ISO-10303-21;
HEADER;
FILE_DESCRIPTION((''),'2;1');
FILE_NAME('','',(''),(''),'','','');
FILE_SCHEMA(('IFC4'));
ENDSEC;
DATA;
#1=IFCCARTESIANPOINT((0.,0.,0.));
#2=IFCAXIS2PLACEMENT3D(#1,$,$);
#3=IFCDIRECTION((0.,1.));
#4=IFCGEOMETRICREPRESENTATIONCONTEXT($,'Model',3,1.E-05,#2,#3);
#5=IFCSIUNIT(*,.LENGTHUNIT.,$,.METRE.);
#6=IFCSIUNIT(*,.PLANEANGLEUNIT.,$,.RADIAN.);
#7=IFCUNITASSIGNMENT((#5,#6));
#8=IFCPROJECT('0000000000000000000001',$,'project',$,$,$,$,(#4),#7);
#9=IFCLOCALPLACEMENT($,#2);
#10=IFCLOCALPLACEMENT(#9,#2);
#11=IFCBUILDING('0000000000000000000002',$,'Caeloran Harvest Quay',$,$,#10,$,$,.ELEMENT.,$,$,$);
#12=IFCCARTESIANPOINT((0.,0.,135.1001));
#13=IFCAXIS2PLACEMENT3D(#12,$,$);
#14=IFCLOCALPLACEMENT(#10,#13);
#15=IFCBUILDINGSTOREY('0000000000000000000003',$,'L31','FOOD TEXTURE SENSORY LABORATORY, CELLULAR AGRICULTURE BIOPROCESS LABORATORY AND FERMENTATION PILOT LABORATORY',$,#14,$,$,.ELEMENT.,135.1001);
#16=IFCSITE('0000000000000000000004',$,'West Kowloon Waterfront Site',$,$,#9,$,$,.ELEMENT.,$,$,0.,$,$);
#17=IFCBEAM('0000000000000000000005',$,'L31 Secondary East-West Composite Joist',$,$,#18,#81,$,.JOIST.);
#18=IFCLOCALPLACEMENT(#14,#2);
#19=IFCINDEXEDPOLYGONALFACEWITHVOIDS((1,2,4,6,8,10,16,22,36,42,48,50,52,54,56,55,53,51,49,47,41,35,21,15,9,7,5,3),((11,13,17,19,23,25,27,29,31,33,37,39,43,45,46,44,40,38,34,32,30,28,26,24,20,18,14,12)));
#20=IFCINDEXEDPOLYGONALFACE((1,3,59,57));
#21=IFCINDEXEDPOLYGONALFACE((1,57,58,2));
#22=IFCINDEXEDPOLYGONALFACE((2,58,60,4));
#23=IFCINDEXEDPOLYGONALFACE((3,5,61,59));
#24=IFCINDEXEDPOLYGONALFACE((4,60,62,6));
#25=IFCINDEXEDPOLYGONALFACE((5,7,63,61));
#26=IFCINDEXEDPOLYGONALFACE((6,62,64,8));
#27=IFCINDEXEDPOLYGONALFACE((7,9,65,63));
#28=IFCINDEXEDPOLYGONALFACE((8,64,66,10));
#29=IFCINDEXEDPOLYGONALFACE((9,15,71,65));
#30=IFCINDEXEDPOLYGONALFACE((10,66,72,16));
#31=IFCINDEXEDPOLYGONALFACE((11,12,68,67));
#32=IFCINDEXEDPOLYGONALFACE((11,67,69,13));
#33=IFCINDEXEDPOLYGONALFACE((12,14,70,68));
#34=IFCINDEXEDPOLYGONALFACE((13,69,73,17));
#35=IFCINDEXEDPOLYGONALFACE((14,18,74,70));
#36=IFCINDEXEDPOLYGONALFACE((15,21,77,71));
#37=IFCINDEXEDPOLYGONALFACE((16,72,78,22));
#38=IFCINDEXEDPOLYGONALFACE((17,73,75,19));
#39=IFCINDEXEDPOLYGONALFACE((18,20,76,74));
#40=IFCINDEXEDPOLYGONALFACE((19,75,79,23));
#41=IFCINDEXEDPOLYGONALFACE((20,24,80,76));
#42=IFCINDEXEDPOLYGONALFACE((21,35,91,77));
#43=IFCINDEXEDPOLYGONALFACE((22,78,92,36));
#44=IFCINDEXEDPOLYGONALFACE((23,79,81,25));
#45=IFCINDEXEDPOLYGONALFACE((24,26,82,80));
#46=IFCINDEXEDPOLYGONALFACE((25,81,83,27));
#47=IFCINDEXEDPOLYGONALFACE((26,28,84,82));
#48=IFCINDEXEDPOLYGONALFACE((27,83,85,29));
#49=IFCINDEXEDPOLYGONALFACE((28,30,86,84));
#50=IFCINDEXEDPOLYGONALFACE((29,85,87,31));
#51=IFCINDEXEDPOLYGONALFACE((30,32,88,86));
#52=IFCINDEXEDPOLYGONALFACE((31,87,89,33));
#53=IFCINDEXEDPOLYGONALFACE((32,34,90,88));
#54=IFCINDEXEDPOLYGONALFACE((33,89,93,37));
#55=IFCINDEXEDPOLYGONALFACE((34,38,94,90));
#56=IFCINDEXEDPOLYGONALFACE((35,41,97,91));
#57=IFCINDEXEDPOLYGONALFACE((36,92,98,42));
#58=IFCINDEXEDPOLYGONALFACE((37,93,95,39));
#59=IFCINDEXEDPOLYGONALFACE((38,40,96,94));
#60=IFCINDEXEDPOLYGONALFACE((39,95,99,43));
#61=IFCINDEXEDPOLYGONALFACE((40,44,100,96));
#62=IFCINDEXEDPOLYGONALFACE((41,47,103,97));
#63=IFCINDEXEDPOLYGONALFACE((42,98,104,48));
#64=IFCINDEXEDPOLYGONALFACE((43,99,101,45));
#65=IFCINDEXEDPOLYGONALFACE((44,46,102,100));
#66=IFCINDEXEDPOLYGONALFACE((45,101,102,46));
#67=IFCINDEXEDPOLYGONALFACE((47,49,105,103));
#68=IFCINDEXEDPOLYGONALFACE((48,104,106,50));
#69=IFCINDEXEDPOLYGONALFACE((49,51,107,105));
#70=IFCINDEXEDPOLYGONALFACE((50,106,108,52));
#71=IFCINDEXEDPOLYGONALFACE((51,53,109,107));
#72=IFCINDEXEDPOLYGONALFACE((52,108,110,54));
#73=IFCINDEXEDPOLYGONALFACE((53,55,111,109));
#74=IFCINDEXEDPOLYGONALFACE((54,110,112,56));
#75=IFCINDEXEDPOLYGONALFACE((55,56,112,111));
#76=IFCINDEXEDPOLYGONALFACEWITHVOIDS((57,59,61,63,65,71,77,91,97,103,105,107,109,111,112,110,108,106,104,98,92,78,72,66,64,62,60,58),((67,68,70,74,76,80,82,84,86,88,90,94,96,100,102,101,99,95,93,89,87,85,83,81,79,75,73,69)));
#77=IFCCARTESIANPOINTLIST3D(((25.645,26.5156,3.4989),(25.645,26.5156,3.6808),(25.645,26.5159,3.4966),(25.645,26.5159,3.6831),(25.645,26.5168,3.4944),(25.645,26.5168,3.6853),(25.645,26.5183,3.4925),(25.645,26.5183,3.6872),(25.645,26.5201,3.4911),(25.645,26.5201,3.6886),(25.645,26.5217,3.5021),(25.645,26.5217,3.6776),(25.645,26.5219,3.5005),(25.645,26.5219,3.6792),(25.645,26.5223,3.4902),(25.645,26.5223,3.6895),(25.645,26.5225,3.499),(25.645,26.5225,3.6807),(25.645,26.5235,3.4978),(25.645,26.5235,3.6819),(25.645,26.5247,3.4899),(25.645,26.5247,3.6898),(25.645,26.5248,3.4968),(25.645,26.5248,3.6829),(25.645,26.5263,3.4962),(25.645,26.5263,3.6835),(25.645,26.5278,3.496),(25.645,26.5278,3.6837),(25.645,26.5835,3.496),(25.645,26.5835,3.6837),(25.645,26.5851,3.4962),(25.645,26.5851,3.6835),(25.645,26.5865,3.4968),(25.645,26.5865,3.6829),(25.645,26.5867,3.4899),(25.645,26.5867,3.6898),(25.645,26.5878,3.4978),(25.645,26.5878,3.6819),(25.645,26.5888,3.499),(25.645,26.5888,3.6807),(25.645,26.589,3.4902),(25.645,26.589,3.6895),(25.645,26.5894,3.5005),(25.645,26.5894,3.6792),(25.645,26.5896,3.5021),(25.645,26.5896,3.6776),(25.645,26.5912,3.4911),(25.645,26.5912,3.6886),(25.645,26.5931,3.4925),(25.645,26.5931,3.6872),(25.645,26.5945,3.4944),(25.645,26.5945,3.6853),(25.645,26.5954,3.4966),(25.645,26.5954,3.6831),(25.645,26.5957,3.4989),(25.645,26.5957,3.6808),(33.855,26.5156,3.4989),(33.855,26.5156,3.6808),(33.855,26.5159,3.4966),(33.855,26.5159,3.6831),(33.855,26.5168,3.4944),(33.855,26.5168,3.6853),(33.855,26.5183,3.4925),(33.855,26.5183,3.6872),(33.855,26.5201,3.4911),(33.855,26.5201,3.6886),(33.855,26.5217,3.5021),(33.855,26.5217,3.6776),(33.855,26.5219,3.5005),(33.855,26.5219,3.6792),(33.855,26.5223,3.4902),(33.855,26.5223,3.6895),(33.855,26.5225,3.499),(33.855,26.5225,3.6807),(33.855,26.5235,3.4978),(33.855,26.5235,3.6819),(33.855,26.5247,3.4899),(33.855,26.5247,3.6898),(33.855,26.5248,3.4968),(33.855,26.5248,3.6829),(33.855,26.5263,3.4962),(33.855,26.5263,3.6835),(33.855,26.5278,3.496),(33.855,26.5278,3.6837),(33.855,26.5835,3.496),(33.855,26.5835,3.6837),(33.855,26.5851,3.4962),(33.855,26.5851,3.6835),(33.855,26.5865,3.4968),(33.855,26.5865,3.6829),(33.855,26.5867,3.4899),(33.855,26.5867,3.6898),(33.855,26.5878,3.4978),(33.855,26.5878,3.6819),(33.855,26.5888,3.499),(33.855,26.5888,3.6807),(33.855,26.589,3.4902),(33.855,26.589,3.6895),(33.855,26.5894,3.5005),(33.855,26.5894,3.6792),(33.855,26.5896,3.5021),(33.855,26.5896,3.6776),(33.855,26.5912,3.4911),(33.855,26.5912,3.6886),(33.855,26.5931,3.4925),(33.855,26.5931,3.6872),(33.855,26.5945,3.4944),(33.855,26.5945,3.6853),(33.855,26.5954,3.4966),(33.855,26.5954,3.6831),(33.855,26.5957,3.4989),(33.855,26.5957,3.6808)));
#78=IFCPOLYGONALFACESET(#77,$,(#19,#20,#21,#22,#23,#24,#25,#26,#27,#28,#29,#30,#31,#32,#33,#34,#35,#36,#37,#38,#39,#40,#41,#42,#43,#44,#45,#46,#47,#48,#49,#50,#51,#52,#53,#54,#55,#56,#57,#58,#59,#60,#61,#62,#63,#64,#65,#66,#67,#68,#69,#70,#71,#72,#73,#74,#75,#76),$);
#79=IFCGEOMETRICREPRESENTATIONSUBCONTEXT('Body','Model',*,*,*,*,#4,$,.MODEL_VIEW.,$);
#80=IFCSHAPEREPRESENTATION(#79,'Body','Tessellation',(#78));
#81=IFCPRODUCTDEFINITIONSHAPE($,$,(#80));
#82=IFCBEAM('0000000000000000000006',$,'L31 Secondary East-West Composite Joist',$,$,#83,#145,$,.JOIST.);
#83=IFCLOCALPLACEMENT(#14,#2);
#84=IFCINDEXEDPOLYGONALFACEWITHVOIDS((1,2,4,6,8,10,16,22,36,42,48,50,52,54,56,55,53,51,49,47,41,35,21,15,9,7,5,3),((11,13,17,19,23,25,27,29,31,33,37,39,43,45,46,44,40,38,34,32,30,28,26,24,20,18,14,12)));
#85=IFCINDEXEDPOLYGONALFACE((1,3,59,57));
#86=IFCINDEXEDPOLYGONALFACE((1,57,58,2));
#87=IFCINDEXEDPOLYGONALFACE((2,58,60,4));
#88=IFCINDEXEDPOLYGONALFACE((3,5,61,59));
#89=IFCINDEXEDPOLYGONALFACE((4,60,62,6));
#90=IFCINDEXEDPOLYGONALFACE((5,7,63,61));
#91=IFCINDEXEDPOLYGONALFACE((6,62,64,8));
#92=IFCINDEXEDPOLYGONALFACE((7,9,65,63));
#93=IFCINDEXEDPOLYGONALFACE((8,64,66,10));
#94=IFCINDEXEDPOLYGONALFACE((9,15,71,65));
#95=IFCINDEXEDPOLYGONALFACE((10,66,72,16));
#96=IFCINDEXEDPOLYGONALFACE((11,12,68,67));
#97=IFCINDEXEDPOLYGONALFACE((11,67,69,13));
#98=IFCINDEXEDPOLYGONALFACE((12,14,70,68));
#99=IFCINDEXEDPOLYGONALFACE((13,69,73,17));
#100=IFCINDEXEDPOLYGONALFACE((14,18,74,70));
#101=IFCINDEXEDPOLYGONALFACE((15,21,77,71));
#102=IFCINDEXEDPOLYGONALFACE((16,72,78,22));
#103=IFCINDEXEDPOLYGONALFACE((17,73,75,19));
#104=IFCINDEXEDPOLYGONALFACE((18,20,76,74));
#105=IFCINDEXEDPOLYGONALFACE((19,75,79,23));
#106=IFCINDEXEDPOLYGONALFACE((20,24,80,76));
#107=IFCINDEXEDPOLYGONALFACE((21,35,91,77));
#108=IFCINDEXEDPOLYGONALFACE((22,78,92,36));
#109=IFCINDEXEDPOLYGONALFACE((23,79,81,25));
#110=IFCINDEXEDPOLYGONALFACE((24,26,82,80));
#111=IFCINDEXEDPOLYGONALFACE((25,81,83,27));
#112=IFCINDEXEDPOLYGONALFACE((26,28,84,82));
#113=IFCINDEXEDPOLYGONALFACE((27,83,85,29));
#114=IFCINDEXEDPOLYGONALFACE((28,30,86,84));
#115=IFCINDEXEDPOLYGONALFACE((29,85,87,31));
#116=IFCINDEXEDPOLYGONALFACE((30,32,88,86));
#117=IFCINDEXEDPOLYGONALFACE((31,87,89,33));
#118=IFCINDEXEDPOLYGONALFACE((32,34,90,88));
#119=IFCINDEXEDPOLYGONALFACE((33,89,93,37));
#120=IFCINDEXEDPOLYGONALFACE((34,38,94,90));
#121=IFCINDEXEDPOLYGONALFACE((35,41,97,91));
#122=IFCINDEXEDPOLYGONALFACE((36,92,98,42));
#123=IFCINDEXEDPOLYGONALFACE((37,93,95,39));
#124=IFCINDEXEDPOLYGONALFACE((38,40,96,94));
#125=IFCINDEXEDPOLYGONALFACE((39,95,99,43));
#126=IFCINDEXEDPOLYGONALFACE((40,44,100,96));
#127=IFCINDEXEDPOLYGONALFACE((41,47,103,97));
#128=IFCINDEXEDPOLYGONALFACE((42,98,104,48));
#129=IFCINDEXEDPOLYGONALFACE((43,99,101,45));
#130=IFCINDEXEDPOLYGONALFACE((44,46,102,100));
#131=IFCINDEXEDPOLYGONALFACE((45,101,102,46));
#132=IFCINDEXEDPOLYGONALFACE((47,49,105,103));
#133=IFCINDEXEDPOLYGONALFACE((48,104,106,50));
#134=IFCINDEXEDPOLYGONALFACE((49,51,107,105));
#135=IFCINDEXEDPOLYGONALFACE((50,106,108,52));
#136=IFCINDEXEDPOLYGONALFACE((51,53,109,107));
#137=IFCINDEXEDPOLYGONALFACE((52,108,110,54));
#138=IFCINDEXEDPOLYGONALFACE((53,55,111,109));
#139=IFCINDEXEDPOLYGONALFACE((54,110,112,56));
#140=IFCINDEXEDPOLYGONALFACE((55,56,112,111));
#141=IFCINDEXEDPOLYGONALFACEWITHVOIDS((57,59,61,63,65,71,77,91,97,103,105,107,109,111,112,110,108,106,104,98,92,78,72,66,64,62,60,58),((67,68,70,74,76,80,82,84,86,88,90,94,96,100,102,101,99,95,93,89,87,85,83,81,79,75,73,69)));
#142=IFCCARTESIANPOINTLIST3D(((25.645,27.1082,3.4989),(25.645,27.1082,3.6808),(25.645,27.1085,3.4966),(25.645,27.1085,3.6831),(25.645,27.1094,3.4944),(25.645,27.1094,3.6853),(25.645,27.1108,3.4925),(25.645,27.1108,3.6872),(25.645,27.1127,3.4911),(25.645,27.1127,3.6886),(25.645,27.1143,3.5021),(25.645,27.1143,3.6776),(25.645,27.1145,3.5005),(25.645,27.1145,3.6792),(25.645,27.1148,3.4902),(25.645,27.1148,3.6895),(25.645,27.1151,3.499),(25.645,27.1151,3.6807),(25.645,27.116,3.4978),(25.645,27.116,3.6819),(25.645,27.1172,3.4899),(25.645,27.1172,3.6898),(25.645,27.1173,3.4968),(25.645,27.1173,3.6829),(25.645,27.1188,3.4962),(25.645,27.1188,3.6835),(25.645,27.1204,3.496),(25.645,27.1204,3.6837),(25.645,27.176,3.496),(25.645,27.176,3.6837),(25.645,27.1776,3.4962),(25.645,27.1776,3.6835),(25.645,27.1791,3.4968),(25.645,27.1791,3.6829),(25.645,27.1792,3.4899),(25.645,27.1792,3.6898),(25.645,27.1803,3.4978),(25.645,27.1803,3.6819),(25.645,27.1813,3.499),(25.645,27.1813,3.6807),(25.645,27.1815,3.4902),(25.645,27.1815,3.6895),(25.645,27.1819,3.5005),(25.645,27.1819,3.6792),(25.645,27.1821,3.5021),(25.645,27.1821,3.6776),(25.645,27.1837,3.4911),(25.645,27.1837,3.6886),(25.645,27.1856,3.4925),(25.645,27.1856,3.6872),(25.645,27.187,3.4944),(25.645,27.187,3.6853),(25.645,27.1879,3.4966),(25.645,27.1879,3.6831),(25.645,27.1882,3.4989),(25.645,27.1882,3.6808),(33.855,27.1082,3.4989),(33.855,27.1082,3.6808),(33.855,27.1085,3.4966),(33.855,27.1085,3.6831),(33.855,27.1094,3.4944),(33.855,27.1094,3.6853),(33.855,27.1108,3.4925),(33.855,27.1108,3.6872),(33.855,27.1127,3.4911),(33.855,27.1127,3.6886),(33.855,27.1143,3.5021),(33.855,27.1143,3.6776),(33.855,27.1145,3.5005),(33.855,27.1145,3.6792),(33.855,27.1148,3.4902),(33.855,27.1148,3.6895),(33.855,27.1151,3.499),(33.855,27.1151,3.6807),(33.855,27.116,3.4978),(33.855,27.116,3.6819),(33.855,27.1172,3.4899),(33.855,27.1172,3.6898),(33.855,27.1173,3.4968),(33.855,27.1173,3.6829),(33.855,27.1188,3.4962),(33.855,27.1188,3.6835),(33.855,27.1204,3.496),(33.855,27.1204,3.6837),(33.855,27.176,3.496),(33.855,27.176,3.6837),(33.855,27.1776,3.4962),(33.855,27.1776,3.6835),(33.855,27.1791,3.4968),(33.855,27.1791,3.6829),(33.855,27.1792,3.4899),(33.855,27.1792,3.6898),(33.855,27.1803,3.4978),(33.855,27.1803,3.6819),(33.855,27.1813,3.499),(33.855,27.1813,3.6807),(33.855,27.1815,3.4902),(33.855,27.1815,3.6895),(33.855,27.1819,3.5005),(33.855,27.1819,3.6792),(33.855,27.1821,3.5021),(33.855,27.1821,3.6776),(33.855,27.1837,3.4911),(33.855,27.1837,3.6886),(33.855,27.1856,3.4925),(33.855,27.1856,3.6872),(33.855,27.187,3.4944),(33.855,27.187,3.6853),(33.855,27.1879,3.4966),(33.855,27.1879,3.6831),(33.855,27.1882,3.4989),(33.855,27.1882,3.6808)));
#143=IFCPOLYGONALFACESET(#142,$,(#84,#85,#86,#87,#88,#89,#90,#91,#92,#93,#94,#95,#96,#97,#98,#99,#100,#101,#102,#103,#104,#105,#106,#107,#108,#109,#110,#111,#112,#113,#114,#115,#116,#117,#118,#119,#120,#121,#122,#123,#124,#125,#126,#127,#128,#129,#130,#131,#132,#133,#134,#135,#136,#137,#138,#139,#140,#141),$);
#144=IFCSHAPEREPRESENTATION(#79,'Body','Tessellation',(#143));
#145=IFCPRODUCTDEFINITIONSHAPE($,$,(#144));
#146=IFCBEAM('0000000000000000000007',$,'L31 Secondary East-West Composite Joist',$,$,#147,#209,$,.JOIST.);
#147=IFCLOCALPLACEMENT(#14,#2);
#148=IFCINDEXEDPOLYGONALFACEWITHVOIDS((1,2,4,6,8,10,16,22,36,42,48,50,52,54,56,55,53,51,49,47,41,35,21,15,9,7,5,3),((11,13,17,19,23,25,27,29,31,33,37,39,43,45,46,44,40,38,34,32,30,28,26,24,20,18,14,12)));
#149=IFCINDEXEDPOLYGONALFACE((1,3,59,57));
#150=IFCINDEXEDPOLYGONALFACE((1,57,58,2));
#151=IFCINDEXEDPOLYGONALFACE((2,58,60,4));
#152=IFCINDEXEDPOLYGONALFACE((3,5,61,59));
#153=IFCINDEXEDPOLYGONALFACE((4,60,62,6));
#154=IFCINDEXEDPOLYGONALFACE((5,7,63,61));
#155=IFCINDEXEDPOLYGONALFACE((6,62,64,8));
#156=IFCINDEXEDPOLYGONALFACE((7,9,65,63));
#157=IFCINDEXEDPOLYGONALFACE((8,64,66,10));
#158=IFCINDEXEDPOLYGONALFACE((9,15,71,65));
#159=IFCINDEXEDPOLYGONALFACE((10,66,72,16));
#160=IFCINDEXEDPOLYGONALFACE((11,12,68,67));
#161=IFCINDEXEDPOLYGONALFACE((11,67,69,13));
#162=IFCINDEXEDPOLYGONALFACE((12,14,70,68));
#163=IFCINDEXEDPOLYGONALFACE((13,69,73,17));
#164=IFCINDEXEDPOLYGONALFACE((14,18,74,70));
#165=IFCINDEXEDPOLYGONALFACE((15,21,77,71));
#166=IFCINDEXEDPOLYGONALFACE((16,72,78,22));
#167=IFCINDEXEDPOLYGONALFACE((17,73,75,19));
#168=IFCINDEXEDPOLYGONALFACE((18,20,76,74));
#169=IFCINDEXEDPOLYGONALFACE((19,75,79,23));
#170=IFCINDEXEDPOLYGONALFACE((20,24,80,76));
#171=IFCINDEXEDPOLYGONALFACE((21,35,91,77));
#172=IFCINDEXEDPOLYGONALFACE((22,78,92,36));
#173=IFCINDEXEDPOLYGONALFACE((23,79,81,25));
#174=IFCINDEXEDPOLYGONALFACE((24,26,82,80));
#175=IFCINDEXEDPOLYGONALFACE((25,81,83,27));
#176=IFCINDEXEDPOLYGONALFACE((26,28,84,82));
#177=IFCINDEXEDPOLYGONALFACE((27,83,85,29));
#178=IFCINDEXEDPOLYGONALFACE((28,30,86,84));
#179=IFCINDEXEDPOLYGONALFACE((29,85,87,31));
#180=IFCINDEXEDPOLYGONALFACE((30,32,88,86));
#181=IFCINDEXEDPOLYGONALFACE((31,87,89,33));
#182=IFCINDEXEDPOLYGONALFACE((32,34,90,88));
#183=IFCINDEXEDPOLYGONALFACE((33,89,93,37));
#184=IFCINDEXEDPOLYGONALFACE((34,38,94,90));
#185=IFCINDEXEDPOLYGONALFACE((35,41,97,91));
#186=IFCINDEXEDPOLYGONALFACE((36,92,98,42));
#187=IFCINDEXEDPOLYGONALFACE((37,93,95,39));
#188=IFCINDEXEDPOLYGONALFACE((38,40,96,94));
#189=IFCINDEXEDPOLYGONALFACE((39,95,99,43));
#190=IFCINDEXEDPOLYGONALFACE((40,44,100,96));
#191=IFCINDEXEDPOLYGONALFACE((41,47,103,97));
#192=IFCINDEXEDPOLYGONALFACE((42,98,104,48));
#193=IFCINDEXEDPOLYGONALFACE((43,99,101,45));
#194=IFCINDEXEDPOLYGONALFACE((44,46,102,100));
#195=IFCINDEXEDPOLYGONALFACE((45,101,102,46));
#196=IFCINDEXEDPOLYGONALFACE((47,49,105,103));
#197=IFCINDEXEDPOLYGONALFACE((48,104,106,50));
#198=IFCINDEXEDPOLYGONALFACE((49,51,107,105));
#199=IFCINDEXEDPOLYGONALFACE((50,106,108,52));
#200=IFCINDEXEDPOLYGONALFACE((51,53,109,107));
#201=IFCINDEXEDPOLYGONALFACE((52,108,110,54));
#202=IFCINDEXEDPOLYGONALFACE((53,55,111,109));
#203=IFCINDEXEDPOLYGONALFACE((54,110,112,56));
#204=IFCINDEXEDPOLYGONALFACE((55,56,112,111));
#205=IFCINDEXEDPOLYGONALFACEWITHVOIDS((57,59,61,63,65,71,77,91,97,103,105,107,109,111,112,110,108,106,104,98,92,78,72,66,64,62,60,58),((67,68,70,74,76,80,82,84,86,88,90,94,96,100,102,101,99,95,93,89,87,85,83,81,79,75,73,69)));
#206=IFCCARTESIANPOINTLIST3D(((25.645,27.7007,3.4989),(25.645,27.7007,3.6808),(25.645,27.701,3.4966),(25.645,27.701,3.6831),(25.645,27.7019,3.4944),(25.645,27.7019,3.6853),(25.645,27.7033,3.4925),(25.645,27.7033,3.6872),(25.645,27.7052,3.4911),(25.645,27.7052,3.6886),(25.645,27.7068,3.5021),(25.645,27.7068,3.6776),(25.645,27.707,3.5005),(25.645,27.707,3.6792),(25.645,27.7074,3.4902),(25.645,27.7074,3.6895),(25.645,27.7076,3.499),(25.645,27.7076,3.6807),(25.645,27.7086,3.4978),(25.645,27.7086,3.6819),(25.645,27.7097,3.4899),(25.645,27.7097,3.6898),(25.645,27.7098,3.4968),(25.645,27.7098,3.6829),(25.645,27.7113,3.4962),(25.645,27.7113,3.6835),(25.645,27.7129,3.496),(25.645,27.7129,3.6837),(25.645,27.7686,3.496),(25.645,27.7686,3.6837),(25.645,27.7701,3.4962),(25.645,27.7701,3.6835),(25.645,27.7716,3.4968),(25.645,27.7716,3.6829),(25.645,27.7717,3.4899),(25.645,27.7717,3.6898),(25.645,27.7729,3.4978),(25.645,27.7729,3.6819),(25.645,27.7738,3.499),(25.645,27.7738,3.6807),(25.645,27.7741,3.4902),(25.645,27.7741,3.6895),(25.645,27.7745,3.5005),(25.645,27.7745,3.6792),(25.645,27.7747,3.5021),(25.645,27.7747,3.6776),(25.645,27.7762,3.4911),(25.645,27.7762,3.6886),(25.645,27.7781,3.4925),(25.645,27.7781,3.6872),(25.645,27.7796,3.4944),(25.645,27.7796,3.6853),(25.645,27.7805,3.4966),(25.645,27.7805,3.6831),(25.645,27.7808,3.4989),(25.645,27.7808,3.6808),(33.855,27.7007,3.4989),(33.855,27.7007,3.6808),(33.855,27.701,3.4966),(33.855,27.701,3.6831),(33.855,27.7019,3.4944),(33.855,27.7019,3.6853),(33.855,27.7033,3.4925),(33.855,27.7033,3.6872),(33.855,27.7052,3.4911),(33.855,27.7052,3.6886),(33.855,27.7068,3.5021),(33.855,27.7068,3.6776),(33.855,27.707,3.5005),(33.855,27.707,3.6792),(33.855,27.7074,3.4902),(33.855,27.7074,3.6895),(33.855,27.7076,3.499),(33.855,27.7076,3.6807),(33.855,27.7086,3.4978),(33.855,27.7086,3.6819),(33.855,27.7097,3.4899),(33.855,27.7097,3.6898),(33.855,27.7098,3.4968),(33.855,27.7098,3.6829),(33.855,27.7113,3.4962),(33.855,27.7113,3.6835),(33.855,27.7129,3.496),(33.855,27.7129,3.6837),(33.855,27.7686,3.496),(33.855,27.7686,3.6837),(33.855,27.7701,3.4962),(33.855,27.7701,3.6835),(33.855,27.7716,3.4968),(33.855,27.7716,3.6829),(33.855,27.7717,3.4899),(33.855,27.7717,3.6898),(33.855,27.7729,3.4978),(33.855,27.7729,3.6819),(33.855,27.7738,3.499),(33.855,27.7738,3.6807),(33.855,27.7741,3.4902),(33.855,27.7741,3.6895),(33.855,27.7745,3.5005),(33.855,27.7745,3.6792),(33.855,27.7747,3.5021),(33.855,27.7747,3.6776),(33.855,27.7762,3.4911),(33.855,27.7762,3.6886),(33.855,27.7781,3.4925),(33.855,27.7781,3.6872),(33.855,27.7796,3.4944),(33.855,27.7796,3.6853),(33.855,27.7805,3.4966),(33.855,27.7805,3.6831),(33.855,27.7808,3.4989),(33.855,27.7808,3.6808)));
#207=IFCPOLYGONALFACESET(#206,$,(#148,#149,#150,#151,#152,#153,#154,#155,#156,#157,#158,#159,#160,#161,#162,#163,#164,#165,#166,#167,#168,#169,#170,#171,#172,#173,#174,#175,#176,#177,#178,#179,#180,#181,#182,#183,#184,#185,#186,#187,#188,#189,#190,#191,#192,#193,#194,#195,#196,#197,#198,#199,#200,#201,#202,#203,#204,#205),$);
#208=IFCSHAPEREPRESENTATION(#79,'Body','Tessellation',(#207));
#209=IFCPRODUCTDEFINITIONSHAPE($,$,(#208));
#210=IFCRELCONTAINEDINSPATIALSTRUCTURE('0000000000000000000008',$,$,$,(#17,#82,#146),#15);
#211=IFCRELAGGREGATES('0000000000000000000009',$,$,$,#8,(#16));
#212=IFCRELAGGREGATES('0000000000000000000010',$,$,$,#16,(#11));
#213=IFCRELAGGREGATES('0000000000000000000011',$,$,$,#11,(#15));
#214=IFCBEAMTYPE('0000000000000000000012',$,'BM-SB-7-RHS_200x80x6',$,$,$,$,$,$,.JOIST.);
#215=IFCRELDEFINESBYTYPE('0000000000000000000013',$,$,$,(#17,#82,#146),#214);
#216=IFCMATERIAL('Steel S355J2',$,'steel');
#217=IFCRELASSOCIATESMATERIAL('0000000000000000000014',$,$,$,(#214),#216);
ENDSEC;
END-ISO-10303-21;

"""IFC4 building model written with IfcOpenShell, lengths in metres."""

from ifc_helpers import new_model, si_unit, direction, frame, origin, origin_2d, place, context, subcontext, project, spatial, hollow_rectangle, extrude, material, material_profile, profile_set, type_object, element, save


model = new_model("IFC4")

# Units and contexts
model_context = context("Model", 3, precision=1e-05, world=origin(), true_north=direction((0.0, 1.0)))
body_context = subcontext(model_context, "Body", "Model", "MODEL_VIEW")
ifc_project = project(units=[si_unit("LENGTHUNIT", "METRE"), si_unit("PLANEANGLEUNIT", "RADIAN")], contexts=[model_context])

# Site, building, storey
site_placement = place(None, origin())
site = spatial("IfcSite", under=ifc_project, at=site_placement, Name="West Kowloon Waterfront Site", CompositionType="ELEMENT", RefElevation=0.0)
building_placement = place(site_placement, origin())
building = spatial("IfcBuilding", under=site, at=building_placement, Name="Caeloran Harvest Quay", CompositionType="ELEMENT")
storey_placement = place(building_placement, frame((0.0, 0.0, 135.1001)))
storey = spatial("IfcBuildingStorey", under=building, at=storey_placement, Name="L31", Description="FOOD TEXTURE SENSORY LABORATORY, CELLULAR AGRICULTURE BIOPROCESS LABORATORY AND FERMENTATION PILOT LABORATORY", CompositionType="ELEMENT", Elevation=135.1001)

# Beams
ifc_material = material(Name="Steel S355J2", Category="steel")
ifc_material_profile_1 = material_profile(ifc_material, hollow_rectangle(XDim=0.0801, YDim=0.2, WallThickness=0.0061, InnerFilletRadius=0.0061, OuterFilletRadius=0.009, at=origin_2d()), Name="RHS 200x80x6")
ifc_profile_set_1 = profile_set([ifc_material_profile_1], Name="Steel S355J2")
beam_type_1 = type_object("IfcBeamType", Name="BM-SB-7-RHS_200x80x6", PredefinedType="JOIST", material=ifc_profile_set_1)
for number, where, z_axis, x_axis, name in (
    (1, (25.645, 26.5557, 3.5898), (1.0, 0.0, 0.0), (0.0, 1.0, 0.0), "L31 Secondary East-West Composite Joist"),
    (2, (25.645, 27.1482, 3.5898), (1.0, 0.0, 0.0), (0.0, 1.0, 0.0), "L31 Secondary East-West Composite Joist"),
    (3, (25.645, 27.7407, 3.5898), (1.0, 0.0, 0.0), (0.0, 1.0, 0.0), "L31 Secondary East-West Composite Joist"),
):
    element("IfcBeam", number, at=place(storey_placement, frame(where, z_axis=z_axis, x_axis=x_axis)), inside=storey, type_object=beam_type_1, Name=name, PredefinedType="JOIST", context=body_context, shape_type="SweptSolid", body=[
        extrude(hollow_rectangle(XDim=0.0801, YDim=0.2, WallThickness=0.0061, InnerFilletRadius=0.0061, OuterFilletRadius=0.009, at=origin_2d()), origin(), (0.0, 0.0, 1.0), 8.21),
    ])

save(model, "model.ifc")
